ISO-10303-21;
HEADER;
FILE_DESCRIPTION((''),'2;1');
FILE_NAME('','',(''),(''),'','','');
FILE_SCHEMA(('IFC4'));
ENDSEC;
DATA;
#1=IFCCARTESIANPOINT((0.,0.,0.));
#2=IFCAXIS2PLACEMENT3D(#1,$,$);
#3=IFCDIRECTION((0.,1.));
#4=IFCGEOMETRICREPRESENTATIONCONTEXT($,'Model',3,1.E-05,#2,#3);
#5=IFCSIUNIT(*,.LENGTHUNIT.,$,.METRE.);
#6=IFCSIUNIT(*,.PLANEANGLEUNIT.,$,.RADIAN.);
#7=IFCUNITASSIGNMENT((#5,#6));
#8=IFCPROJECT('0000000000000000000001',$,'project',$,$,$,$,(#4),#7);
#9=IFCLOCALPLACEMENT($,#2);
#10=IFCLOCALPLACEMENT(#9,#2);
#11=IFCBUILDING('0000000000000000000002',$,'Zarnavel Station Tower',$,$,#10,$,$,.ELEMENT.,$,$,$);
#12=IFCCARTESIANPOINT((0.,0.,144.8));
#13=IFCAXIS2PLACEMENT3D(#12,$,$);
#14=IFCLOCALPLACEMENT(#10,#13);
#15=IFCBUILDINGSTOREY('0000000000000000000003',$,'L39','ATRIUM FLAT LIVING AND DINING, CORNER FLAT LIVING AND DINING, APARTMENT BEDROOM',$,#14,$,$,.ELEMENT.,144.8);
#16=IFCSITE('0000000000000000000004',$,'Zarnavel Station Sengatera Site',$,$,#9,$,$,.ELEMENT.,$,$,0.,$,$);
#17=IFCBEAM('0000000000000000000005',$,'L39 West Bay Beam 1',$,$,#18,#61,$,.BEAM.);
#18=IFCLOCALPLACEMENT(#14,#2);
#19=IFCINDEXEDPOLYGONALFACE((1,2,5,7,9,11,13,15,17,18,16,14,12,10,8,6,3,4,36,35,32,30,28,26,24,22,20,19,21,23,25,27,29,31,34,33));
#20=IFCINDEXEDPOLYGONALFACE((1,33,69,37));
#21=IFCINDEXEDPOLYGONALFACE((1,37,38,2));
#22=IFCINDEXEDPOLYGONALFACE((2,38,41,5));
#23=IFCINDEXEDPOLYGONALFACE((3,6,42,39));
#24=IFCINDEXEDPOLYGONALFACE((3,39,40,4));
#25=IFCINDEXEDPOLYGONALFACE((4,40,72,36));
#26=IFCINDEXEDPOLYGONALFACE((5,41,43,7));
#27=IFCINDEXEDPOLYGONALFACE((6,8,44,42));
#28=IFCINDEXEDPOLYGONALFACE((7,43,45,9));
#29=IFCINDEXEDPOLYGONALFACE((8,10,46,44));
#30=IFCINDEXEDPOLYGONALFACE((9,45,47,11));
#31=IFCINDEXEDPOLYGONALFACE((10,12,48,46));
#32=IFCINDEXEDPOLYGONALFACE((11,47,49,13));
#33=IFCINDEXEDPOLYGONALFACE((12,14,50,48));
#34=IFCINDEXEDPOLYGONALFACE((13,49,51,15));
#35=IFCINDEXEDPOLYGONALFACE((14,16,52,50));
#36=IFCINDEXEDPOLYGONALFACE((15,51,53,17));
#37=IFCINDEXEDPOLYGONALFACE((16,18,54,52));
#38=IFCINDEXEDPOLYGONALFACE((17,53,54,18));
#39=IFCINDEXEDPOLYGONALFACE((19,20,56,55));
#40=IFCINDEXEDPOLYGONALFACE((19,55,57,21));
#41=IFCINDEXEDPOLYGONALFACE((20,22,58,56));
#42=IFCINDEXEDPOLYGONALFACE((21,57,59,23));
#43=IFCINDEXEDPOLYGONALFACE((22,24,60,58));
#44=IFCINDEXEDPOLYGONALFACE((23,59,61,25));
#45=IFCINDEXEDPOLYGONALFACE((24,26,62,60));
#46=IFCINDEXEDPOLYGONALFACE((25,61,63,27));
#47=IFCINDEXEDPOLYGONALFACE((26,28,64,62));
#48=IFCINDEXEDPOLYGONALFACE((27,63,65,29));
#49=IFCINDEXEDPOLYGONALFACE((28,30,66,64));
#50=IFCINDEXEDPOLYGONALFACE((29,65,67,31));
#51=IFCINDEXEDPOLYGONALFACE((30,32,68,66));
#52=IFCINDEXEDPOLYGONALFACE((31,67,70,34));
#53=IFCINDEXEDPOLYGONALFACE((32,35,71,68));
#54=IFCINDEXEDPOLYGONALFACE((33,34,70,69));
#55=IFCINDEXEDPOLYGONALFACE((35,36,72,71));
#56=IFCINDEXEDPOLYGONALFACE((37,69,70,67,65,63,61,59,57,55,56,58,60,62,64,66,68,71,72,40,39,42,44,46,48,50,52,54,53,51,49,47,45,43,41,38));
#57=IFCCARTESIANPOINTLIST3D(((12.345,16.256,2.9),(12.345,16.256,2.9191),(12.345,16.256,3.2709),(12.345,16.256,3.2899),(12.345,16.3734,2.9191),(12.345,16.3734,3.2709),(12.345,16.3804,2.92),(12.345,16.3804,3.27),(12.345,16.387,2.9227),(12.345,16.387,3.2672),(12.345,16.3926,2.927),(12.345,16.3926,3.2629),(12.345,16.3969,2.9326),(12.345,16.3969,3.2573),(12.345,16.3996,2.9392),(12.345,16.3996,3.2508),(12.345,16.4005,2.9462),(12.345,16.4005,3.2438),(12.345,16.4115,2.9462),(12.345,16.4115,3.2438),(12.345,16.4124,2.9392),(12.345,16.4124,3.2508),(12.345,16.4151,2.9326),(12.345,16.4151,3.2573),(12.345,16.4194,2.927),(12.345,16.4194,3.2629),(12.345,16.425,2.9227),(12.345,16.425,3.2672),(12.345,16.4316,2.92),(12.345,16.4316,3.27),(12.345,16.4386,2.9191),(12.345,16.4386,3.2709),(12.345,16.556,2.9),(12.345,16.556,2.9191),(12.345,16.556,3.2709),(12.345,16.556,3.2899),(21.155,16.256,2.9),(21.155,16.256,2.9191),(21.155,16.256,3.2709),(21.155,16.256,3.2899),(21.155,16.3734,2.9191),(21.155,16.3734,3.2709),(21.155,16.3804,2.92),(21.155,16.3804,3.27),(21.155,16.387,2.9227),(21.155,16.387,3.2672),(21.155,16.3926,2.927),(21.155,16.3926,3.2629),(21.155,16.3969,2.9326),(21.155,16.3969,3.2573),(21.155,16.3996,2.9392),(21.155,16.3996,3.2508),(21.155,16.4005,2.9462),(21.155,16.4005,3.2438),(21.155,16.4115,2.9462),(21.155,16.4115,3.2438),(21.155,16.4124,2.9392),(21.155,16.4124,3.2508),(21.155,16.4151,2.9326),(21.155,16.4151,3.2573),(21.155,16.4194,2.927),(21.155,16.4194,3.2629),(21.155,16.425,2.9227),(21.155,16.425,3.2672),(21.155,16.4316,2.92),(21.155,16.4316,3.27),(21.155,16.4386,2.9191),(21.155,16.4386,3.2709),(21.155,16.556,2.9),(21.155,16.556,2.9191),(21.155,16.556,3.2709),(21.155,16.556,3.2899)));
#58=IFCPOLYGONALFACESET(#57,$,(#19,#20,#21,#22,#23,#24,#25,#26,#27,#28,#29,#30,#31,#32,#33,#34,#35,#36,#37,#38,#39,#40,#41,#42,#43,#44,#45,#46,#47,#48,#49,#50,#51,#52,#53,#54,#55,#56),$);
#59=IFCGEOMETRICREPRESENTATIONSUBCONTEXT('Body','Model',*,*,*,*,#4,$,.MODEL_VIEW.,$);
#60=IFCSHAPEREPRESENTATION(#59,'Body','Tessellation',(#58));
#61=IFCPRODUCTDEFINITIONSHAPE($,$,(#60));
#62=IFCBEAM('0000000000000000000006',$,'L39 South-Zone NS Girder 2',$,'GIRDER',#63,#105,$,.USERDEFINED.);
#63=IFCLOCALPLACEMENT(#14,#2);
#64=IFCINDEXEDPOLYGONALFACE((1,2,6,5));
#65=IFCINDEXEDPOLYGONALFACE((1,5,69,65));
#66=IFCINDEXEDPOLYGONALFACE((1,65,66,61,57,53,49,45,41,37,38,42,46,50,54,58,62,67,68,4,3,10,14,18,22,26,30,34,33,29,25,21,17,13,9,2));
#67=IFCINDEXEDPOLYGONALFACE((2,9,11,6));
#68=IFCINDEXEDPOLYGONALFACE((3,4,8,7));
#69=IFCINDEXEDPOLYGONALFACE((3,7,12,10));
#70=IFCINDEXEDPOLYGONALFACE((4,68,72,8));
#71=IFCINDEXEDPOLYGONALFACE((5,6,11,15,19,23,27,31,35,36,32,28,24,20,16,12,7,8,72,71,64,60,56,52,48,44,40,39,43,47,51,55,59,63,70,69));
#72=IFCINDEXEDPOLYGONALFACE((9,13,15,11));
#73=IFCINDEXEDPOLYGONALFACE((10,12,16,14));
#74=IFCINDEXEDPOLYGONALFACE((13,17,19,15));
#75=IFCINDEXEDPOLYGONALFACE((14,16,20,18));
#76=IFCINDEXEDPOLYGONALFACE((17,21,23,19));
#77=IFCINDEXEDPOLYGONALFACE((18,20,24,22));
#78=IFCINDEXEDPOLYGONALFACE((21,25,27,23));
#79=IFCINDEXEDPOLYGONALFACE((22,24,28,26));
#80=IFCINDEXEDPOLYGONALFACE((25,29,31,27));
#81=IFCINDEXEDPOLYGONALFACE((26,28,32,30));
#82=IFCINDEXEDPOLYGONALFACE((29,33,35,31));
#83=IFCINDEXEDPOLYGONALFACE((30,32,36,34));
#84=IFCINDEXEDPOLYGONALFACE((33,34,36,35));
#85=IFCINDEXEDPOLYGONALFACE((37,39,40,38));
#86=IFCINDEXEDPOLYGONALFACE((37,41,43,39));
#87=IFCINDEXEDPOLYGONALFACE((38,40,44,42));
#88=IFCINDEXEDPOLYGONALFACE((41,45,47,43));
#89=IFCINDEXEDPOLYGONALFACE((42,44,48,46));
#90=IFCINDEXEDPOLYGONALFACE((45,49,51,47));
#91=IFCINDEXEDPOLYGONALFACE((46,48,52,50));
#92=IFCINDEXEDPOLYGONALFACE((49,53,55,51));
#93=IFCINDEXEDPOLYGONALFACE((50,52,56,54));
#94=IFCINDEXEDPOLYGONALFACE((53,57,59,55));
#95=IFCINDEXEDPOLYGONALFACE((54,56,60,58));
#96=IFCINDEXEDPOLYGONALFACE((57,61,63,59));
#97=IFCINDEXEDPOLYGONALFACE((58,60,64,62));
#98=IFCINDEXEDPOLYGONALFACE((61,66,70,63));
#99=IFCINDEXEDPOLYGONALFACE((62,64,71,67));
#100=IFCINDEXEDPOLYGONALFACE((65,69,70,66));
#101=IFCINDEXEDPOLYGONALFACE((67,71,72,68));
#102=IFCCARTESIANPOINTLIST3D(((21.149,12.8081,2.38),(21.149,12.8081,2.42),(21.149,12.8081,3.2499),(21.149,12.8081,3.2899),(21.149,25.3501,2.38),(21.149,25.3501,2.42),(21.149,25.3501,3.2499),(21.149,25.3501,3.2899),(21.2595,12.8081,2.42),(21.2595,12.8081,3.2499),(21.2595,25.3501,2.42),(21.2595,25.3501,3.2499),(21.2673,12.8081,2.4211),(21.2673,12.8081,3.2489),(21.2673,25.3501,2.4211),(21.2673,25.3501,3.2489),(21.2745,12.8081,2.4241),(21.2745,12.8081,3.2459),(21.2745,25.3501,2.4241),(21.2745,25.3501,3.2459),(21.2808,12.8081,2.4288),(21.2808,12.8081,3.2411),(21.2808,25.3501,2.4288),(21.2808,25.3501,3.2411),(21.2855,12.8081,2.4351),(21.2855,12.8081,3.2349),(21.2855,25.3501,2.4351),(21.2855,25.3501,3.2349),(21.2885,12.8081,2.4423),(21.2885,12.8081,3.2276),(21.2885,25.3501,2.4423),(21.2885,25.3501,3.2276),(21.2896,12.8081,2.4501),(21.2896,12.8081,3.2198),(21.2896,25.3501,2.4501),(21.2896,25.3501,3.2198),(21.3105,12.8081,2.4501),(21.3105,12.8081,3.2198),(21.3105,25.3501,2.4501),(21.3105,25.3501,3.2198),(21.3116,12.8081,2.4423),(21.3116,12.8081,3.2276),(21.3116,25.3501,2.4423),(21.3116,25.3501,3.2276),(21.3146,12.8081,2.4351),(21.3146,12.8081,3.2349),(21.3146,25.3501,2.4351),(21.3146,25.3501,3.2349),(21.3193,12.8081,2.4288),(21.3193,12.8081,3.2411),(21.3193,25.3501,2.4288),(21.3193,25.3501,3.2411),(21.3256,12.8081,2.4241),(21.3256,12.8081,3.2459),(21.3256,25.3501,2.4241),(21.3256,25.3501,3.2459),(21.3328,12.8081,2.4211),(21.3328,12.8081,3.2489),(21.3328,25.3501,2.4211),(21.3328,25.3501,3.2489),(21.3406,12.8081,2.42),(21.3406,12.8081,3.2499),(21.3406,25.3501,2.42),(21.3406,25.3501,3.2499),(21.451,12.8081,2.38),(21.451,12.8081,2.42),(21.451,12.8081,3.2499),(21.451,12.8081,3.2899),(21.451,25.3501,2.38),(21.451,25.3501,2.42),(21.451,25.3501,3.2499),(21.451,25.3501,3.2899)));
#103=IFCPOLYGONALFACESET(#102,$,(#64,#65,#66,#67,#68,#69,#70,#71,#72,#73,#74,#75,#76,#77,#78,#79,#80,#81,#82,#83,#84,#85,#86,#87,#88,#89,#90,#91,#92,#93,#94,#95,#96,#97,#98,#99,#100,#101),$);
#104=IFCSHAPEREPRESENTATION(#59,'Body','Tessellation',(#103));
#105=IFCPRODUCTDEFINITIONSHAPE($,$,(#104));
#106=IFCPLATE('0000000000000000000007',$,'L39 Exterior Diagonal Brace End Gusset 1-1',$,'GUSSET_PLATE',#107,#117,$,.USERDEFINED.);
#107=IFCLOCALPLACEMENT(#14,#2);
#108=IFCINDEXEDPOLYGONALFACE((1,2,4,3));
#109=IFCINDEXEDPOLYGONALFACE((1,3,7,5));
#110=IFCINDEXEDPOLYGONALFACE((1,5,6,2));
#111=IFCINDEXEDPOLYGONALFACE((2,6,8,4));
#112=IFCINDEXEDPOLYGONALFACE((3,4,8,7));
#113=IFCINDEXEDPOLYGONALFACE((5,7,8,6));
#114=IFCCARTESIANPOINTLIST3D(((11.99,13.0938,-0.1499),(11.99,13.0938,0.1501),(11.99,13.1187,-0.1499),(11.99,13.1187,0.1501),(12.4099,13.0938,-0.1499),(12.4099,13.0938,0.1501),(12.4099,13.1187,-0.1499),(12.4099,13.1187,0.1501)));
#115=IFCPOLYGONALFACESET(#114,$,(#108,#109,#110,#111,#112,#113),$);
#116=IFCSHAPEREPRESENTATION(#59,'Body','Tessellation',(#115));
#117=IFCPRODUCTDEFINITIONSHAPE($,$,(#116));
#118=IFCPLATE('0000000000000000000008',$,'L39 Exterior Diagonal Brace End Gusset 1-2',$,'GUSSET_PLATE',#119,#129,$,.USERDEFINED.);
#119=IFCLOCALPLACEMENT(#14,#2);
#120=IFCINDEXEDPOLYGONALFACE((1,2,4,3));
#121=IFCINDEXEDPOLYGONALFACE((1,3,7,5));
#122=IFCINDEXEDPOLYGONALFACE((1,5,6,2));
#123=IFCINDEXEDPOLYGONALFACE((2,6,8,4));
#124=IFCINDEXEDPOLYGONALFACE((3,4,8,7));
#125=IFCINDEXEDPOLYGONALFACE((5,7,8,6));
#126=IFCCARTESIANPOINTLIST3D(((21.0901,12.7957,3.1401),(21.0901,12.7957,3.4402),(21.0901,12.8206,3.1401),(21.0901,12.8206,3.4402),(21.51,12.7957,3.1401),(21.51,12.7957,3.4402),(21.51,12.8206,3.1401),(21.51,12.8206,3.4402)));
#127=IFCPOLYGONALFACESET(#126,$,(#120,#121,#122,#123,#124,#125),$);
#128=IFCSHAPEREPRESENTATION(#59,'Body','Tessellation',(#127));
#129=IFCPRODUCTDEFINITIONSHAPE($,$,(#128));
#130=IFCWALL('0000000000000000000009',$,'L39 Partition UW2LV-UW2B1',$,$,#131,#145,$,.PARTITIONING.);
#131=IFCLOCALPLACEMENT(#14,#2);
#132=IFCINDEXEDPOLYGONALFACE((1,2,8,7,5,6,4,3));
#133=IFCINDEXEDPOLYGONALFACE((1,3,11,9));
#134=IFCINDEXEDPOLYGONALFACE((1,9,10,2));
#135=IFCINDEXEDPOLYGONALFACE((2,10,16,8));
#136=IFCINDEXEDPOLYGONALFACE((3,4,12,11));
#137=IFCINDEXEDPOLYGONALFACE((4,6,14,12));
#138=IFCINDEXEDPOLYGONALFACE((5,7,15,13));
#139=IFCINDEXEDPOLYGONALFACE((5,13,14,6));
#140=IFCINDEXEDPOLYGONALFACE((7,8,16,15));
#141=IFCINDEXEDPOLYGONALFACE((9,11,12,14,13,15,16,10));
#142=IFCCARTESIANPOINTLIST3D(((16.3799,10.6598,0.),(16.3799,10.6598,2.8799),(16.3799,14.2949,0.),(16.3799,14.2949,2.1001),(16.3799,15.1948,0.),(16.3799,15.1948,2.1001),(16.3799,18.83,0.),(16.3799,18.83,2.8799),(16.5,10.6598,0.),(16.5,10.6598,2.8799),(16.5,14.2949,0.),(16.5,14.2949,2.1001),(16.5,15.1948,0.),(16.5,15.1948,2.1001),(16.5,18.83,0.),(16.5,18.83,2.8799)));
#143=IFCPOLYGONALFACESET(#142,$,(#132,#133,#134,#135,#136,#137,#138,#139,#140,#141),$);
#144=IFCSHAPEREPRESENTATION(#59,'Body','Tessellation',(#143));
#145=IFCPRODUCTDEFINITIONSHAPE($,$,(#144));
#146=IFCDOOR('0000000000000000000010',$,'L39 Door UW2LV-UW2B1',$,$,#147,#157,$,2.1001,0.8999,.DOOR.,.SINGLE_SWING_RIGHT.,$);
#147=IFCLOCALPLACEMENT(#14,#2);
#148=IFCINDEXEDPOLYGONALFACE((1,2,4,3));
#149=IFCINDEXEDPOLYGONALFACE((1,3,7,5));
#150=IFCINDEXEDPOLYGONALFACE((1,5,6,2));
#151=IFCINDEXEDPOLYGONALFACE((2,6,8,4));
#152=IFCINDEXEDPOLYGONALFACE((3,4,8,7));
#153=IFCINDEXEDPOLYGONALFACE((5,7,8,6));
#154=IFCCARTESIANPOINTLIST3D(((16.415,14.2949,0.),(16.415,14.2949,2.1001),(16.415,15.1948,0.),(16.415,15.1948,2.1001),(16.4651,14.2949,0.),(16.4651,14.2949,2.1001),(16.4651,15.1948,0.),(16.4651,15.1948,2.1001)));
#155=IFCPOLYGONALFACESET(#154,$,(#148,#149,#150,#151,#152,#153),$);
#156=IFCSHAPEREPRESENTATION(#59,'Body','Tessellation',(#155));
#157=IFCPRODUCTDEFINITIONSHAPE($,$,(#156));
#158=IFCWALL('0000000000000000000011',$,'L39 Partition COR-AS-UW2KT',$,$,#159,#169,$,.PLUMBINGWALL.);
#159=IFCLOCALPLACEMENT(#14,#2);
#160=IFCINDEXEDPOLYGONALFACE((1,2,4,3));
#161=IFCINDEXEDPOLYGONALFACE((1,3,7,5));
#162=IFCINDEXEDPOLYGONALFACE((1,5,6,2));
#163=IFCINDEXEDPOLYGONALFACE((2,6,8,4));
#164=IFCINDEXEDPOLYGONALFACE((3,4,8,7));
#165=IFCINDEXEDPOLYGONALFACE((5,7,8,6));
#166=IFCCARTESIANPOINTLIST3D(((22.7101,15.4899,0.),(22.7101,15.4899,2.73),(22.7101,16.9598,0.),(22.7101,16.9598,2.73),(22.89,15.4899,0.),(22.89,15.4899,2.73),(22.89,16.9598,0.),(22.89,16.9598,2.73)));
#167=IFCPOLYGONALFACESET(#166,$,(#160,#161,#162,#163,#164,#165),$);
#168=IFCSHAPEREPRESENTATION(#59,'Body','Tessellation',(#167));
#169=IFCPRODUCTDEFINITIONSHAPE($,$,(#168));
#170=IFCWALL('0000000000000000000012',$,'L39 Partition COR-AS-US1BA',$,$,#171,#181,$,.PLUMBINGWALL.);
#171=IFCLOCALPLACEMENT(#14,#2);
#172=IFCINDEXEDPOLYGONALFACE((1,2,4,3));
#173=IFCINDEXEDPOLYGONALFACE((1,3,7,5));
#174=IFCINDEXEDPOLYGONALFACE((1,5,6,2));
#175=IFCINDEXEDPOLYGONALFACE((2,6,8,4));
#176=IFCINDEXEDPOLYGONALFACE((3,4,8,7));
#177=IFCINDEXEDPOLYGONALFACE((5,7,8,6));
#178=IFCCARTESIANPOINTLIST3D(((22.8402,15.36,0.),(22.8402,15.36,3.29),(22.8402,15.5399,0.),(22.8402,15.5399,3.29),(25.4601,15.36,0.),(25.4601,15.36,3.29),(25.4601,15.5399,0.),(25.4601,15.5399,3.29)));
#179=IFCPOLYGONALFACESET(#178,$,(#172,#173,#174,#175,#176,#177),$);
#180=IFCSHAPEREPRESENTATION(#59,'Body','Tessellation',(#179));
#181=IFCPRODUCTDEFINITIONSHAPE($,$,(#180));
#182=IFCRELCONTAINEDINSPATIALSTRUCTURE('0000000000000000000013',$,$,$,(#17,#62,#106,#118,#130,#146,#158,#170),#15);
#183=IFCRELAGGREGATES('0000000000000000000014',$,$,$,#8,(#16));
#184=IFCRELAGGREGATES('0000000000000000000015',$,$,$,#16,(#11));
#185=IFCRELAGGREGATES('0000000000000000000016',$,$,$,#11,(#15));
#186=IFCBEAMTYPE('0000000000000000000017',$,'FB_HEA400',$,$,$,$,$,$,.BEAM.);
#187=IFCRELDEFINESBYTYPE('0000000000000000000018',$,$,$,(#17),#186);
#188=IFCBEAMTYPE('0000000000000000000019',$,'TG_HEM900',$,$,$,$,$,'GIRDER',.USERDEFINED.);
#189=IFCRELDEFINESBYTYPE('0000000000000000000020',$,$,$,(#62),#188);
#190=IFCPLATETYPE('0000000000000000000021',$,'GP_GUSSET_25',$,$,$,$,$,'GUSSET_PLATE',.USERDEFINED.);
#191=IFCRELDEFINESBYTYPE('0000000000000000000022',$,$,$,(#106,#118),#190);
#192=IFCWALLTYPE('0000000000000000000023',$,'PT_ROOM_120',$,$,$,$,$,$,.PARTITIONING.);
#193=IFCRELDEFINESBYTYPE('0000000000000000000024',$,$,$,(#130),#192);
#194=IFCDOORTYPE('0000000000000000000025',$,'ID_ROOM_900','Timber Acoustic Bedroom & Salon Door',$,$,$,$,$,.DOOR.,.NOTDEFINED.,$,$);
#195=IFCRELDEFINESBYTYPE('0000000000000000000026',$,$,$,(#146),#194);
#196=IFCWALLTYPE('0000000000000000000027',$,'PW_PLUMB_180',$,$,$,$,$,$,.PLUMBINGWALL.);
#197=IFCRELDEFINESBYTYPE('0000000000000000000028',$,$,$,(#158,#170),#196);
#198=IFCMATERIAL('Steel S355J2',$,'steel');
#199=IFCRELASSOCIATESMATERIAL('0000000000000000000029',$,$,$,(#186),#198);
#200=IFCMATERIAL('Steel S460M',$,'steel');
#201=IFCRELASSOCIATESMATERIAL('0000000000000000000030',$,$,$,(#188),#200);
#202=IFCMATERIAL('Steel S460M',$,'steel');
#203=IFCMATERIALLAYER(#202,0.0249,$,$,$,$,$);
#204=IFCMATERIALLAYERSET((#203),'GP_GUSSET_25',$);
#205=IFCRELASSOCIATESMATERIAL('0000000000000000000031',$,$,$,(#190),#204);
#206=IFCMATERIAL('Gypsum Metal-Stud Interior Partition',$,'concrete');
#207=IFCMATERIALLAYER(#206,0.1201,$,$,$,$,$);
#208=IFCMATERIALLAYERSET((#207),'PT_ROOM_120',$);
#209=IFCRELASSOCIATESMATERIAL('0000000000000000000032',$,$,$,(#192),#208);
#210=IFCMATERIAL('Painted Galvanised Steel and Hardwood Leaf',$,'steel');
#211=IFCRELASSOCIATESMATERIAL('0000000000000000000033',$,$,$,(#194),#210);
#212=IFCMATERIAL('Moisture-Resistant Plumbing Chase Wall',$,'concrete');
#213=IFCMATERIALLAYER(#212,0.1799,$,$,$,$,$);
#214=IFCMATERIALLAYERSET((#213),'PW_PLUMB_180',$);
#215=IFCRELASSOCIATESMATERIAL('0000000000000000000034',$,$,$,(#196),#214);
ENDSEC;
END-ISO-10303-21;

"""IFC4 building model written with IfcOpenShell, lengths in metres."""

from ifc_helpers import new_model, si_unit, direction, frame, frame_2d, origin, origin_2d, place, context, subcontext, project, spatial, rectangle, i_section, extrude, material, layer, layer_set, material_profile, profile_set, type_object, element, fill, save


model = new_model("IFC4")

# Units and contexts
model_context = context("Model", 3, precision=1e-05, world=origin(), true_north=direction((0.0, 1.0)))
body_context = subcontext(model_context, "Body", "Model", "MODEL_VIEW")
ifc_project = project(units=[si_unit("LENGTHUNIT", "METRE"), si_unit("PLANEANGLEUNIT", "RADIAN")], contexts=[model_context])

# Site, building, storey
site_placement = place(None, origin())
site = spatial("IfcSite", under=ifc_project, at=site_placement, Name="Zarnavel Station Sengatera Site", CompositionType="ELEMENT", RefElevation=0.0)
building_placement = place(site_placement, origin())
building = spatial("IfcBuilding", under=site, at=building_placement, Name="Zarnavel Station Tower", CompositionType="ELEMENT")
storey_placement = place(building_placement, frame((0.0, 0.0, 144.8)))
storey = spatial("IfcBuildingStorey", under=building, at=storey_placement, Name="L39", Description="ATRIUM FLAT LIVING AND DINING, CORNER FLAT LIVING AND DINING, APARTMENT BEDROOM", CompositionType="ELEMENT", Elevation=144.8)

# Beams
ifc_material_1 = material(Name="Steel S355J2", Category="steel")
ifc_material_profile_1 = material_profile(ifc_material_1, i_section(OverallWidth=0.3, OverallDepth=0.3899, WebThickness=0.011, FlangeThickness=0.019, FilletRadius=0.0271, at=origin_2d()), Name="HEA400")
ifc_profile_set_1 = profile_set([ifc_material_profile_1], Name="Steel S355J2")
beam_type_1 = type_object("IfcBeamType", Name="FB_HEA400", PredefinedType="BEAM", material=ifc_profile_set_1)
beam_1_placement = place(storey_placement, frame((12.345, 16.406, 3.095), z_axis=(1.0, 0.0, 0.0), x_axis=(0.0, 1.0, 0.0)))
element("IfcBeam", 1, at=beam_1_placement, inside=storey, type_object=beam_type_1, Name="L39 West Bay Beam 1", PredefinedType="BEAM", context=body_context, shape_type="SweptSolid", body=[
    extrude(i_section(OverallWidth=0.3, OverallDepth=0.3899, WebThickness=0.011, FlangeThickness=0.019, FilletRadius=0.0271, at=origin_2d()), origin(), (0.0, 0.0, 1.0), 8.8101),
])
ifc_material_2 = material(Name="Steel S460M", Category="steel")
ifc_material_profile_2 = material_profile(ifc_material_2, i_section(OverallWidth=0.302, OverallDepth=0.9099, WebThickness=0.021, FlangeThickness=0.04, FilletRadius=0.03, at=origin_2d()), Name="HEM900")
ifc_profile_set_2 = profile_set([ifc_material_profile_2], Name="Steel S460M")
beam_type_2 = type_object("IfcBeamType", Name="TG_HEM900", ElementType="GIRDER", PredefinedType="USERDEFINED", material=ifc_profile_set_2)
beam_2_placement = place(storey_placement, frame((21.3, 12.8081, 2.835), z_axis=(0.0, 1.0, 0.0), x_axis=(-1.0, 0.0, 0.0)))
element("IfcBeam", 2, at=beam_2_placement, inside=storey, type_object=beam_type_2, Name="L39 South-Zone NS Girder 2", ObjectType="GIRDER", PredefinedType="USERDEFINED", context=body_context, shape_type="SweptSolid", body=[
    extrude(i_section(OverallWidth=0.302, OverallDepth=0.9099, WebThickness=0.021, FlangeThickness=0.04, FilletRadius=0.03, at=origin_2d()), origin(), (0.0, 0.0, 1.0), 12.542),
])

# Plates
ifc_material_3 = material(Name="Steel S460M", Category="steel")
ifc_layer_1 = layer(ifc_material_3, 0.0249)
ifc_layer_set_1 = layer_set([ifc_layer_1], Name="GP_GUSSET_25")
plate_type = type_object("IfcPlateType", Name="GP_GUSSET_25", ElementType="GUSSET_PLATE", PredefinedType="USERDEFINED", material=ifc_layer_set_1)
for number, where, z_axis, x_axis, name in (
    (3, (12.2, 13.1062, -0.1499), (0.0, 0.0, 1.0), (1.0, 0.0, 0.0), "L39 Exterior Diagonal Brace End Gusset 1-1"),
    (4, (21.3, 12.8081, 3.1401), (0.0, 0.0, 1.0), (1.0, 0.0, 0.0), "L39 Exterior Diagonal Brace End Gusset 1-2"),
):
    element("IfcPlate", number, at=place(storey_placement, frame(where, z_axis=z_axis, x_axis=x_axis)), inside=storey, type_object=plate_type, Name=name, ObjectType="GUSSET_PLATE", PredefinedType="USERDEFINED", context=body_context, shape_type="SweptSolid", body=[
        extrude(rectangle(XDim=0.4199, YDim=0.0249, at=origin_2d()), origin(), (0.0, 0.0, 1.0), 0.3),
    ])

# Wall, opening, door
ifc_material_4 = material(Name="Gypsum Metal-Stud Interior Partition", Category="concrete")
ifc_layer_2 = layer(ifc_material_4, 0.1201)
ifc_layer_set_2 = layer_set([ifc_layer_2], Name="PT_ROOM_120")
wall_type_1 = type_object("IfcWallType", Name="PT_ROOM_120", PredefinedType="PARTITIONING", material=ifc_layer_set_2)
wall_1_placement = place(storey_placement, frame((16.4399, 10.6599, 0.0), z_axis=(0.0, 0.0, 1.0), x_axis=(0.0, 1.0, 0.0)))
wall_1 = element("IfcWall", 5, at=wall_1_placement, inside=storey, type_object=wall_type_1, Name="L39 Partition UW2LV-UW2B1", PredefinedType="PARTITIONING", context=body_context, shape_type="SweptSolid", body=[
    extrude(rectangle(XDim=8.1702, YDim=0.1201, at=frame_2d((4.085, 0.0))), origin(), (0.0, 0.0, 1.0), 2.8799),
])
opening_1_placement = place(wall_1_placement, frame((3.635, 0.0, 0.0)))
opening_1 = element("IfcOpeningElement", 6, at=opening_1_placement, cuts=wall_1, PredefinedType="OPENING", context=body_context, shape_type="SweptSolid", body=[
    extrude(rectangle(XDim=0.8999, YDim=2.1001, at=frame_2d((0.45, 1.05))), frame((0.0, 0.0701, 0.0), z_axis=(0.0, -1.0, 0.0), x_axis=(1.0, 0.0, 0.0)), (0.0, 0.0, 1.0), 0.1401),
])
ifc_material_5 = material(Name="Painted Galvanised Steel and Hardwood Leaf", Category="steel")
door_type_1 = type_object("IfcDoorType", Name="ID_ROOM_900", Description="Timber Acoustic Bedroom & Salon Door", OperationType="NOTDEFINED", PredefinedType="DOOR", material=ifc_material_5)
door_1_placement = place(opening_1_placement, origin())
door_1 = element("IfcDoor", 7, at=door_1_placement, inside=storey, type_object=door_type_1, Name="L39 Door UW2LV-UW2B1", OperationType="SINGLE_SWING_RIGHT", OverallHeight=2.1001, OverallWidth=0.8999, PredefinedType="DOOR", context=body_context, shape_type="SweptSolid", body=[
    extrude(rectangle(XDim=0.8999, YDim=2.1001, at=frame_2d((0.45, 1.05))), frame((0.0, 0.0249, 0.0), z_axis=(0.0, -1.0, 0.0), x_axis=(1.0, 0.0, 0.0)), (0.0, 0.0, 1.0), 0.05),
])
fill(opening_1, door_1)

# Walls
ifc_material_6 = material(Name="Moisture-Resistant Plumbing Chase Wall", Category="concrete")
ifc_layer_3 = layer(ifc_material_6, 0.1799)
ifc_layer_set_3 = layer_set([ifc_layer_3], Name="PW_PLUMB_180")
wall_type_2 = type_object("IfcWallType", Name="PW_PLUMB_180", PredefinedType="PLUMBINGWALL", material=ifc_layer_set_3)
wall_2_placement = place(storey_placement, frame((22.8, 15.49, 0.0), z_axis=(0.0, 0.0, 1.0), x_axis=(0.0, 1.0, 0.0)))
element("IfcWall", 8, at=wall_2_placement, inside=storey, type_object=wall_type_2, Name="L39 Partition COR-AS-UW2KT", PredefinedType="PLUMBINGWALL", context=body_context, shape_type="SweptSolid", body=[
    extrude(rectangle(XDim=1.47, YDim=0.1799, at=frame_2d((0.7349, 0.0))), origin(), (0.0, 0.0, 1.0), 2.73),
])
wall_3_placement = place(storey_placement, frame((22.8401, 15.45, 0.0), z_axis=(0.0, 0.0, 1.0), x_axis=(1.0, 0.0, 0.0)))
element("IfcWall", 9, at=wall_3_placement, inside=storey, type_object=wall_type_2, Name="L39 Partition COR-AS-US1BA", PredefinedType="PLUMBINGWALL", context=body_context, shape_type="SweptSolid", body=[
    extrude(rectangle(XDim=2.6199, YDim=0.1799, at=frame_2d((1.3101, 0.0))), origin(), (0.0, 0.0, 1.0), 3.29),
])

save(model, "model.ifc")
